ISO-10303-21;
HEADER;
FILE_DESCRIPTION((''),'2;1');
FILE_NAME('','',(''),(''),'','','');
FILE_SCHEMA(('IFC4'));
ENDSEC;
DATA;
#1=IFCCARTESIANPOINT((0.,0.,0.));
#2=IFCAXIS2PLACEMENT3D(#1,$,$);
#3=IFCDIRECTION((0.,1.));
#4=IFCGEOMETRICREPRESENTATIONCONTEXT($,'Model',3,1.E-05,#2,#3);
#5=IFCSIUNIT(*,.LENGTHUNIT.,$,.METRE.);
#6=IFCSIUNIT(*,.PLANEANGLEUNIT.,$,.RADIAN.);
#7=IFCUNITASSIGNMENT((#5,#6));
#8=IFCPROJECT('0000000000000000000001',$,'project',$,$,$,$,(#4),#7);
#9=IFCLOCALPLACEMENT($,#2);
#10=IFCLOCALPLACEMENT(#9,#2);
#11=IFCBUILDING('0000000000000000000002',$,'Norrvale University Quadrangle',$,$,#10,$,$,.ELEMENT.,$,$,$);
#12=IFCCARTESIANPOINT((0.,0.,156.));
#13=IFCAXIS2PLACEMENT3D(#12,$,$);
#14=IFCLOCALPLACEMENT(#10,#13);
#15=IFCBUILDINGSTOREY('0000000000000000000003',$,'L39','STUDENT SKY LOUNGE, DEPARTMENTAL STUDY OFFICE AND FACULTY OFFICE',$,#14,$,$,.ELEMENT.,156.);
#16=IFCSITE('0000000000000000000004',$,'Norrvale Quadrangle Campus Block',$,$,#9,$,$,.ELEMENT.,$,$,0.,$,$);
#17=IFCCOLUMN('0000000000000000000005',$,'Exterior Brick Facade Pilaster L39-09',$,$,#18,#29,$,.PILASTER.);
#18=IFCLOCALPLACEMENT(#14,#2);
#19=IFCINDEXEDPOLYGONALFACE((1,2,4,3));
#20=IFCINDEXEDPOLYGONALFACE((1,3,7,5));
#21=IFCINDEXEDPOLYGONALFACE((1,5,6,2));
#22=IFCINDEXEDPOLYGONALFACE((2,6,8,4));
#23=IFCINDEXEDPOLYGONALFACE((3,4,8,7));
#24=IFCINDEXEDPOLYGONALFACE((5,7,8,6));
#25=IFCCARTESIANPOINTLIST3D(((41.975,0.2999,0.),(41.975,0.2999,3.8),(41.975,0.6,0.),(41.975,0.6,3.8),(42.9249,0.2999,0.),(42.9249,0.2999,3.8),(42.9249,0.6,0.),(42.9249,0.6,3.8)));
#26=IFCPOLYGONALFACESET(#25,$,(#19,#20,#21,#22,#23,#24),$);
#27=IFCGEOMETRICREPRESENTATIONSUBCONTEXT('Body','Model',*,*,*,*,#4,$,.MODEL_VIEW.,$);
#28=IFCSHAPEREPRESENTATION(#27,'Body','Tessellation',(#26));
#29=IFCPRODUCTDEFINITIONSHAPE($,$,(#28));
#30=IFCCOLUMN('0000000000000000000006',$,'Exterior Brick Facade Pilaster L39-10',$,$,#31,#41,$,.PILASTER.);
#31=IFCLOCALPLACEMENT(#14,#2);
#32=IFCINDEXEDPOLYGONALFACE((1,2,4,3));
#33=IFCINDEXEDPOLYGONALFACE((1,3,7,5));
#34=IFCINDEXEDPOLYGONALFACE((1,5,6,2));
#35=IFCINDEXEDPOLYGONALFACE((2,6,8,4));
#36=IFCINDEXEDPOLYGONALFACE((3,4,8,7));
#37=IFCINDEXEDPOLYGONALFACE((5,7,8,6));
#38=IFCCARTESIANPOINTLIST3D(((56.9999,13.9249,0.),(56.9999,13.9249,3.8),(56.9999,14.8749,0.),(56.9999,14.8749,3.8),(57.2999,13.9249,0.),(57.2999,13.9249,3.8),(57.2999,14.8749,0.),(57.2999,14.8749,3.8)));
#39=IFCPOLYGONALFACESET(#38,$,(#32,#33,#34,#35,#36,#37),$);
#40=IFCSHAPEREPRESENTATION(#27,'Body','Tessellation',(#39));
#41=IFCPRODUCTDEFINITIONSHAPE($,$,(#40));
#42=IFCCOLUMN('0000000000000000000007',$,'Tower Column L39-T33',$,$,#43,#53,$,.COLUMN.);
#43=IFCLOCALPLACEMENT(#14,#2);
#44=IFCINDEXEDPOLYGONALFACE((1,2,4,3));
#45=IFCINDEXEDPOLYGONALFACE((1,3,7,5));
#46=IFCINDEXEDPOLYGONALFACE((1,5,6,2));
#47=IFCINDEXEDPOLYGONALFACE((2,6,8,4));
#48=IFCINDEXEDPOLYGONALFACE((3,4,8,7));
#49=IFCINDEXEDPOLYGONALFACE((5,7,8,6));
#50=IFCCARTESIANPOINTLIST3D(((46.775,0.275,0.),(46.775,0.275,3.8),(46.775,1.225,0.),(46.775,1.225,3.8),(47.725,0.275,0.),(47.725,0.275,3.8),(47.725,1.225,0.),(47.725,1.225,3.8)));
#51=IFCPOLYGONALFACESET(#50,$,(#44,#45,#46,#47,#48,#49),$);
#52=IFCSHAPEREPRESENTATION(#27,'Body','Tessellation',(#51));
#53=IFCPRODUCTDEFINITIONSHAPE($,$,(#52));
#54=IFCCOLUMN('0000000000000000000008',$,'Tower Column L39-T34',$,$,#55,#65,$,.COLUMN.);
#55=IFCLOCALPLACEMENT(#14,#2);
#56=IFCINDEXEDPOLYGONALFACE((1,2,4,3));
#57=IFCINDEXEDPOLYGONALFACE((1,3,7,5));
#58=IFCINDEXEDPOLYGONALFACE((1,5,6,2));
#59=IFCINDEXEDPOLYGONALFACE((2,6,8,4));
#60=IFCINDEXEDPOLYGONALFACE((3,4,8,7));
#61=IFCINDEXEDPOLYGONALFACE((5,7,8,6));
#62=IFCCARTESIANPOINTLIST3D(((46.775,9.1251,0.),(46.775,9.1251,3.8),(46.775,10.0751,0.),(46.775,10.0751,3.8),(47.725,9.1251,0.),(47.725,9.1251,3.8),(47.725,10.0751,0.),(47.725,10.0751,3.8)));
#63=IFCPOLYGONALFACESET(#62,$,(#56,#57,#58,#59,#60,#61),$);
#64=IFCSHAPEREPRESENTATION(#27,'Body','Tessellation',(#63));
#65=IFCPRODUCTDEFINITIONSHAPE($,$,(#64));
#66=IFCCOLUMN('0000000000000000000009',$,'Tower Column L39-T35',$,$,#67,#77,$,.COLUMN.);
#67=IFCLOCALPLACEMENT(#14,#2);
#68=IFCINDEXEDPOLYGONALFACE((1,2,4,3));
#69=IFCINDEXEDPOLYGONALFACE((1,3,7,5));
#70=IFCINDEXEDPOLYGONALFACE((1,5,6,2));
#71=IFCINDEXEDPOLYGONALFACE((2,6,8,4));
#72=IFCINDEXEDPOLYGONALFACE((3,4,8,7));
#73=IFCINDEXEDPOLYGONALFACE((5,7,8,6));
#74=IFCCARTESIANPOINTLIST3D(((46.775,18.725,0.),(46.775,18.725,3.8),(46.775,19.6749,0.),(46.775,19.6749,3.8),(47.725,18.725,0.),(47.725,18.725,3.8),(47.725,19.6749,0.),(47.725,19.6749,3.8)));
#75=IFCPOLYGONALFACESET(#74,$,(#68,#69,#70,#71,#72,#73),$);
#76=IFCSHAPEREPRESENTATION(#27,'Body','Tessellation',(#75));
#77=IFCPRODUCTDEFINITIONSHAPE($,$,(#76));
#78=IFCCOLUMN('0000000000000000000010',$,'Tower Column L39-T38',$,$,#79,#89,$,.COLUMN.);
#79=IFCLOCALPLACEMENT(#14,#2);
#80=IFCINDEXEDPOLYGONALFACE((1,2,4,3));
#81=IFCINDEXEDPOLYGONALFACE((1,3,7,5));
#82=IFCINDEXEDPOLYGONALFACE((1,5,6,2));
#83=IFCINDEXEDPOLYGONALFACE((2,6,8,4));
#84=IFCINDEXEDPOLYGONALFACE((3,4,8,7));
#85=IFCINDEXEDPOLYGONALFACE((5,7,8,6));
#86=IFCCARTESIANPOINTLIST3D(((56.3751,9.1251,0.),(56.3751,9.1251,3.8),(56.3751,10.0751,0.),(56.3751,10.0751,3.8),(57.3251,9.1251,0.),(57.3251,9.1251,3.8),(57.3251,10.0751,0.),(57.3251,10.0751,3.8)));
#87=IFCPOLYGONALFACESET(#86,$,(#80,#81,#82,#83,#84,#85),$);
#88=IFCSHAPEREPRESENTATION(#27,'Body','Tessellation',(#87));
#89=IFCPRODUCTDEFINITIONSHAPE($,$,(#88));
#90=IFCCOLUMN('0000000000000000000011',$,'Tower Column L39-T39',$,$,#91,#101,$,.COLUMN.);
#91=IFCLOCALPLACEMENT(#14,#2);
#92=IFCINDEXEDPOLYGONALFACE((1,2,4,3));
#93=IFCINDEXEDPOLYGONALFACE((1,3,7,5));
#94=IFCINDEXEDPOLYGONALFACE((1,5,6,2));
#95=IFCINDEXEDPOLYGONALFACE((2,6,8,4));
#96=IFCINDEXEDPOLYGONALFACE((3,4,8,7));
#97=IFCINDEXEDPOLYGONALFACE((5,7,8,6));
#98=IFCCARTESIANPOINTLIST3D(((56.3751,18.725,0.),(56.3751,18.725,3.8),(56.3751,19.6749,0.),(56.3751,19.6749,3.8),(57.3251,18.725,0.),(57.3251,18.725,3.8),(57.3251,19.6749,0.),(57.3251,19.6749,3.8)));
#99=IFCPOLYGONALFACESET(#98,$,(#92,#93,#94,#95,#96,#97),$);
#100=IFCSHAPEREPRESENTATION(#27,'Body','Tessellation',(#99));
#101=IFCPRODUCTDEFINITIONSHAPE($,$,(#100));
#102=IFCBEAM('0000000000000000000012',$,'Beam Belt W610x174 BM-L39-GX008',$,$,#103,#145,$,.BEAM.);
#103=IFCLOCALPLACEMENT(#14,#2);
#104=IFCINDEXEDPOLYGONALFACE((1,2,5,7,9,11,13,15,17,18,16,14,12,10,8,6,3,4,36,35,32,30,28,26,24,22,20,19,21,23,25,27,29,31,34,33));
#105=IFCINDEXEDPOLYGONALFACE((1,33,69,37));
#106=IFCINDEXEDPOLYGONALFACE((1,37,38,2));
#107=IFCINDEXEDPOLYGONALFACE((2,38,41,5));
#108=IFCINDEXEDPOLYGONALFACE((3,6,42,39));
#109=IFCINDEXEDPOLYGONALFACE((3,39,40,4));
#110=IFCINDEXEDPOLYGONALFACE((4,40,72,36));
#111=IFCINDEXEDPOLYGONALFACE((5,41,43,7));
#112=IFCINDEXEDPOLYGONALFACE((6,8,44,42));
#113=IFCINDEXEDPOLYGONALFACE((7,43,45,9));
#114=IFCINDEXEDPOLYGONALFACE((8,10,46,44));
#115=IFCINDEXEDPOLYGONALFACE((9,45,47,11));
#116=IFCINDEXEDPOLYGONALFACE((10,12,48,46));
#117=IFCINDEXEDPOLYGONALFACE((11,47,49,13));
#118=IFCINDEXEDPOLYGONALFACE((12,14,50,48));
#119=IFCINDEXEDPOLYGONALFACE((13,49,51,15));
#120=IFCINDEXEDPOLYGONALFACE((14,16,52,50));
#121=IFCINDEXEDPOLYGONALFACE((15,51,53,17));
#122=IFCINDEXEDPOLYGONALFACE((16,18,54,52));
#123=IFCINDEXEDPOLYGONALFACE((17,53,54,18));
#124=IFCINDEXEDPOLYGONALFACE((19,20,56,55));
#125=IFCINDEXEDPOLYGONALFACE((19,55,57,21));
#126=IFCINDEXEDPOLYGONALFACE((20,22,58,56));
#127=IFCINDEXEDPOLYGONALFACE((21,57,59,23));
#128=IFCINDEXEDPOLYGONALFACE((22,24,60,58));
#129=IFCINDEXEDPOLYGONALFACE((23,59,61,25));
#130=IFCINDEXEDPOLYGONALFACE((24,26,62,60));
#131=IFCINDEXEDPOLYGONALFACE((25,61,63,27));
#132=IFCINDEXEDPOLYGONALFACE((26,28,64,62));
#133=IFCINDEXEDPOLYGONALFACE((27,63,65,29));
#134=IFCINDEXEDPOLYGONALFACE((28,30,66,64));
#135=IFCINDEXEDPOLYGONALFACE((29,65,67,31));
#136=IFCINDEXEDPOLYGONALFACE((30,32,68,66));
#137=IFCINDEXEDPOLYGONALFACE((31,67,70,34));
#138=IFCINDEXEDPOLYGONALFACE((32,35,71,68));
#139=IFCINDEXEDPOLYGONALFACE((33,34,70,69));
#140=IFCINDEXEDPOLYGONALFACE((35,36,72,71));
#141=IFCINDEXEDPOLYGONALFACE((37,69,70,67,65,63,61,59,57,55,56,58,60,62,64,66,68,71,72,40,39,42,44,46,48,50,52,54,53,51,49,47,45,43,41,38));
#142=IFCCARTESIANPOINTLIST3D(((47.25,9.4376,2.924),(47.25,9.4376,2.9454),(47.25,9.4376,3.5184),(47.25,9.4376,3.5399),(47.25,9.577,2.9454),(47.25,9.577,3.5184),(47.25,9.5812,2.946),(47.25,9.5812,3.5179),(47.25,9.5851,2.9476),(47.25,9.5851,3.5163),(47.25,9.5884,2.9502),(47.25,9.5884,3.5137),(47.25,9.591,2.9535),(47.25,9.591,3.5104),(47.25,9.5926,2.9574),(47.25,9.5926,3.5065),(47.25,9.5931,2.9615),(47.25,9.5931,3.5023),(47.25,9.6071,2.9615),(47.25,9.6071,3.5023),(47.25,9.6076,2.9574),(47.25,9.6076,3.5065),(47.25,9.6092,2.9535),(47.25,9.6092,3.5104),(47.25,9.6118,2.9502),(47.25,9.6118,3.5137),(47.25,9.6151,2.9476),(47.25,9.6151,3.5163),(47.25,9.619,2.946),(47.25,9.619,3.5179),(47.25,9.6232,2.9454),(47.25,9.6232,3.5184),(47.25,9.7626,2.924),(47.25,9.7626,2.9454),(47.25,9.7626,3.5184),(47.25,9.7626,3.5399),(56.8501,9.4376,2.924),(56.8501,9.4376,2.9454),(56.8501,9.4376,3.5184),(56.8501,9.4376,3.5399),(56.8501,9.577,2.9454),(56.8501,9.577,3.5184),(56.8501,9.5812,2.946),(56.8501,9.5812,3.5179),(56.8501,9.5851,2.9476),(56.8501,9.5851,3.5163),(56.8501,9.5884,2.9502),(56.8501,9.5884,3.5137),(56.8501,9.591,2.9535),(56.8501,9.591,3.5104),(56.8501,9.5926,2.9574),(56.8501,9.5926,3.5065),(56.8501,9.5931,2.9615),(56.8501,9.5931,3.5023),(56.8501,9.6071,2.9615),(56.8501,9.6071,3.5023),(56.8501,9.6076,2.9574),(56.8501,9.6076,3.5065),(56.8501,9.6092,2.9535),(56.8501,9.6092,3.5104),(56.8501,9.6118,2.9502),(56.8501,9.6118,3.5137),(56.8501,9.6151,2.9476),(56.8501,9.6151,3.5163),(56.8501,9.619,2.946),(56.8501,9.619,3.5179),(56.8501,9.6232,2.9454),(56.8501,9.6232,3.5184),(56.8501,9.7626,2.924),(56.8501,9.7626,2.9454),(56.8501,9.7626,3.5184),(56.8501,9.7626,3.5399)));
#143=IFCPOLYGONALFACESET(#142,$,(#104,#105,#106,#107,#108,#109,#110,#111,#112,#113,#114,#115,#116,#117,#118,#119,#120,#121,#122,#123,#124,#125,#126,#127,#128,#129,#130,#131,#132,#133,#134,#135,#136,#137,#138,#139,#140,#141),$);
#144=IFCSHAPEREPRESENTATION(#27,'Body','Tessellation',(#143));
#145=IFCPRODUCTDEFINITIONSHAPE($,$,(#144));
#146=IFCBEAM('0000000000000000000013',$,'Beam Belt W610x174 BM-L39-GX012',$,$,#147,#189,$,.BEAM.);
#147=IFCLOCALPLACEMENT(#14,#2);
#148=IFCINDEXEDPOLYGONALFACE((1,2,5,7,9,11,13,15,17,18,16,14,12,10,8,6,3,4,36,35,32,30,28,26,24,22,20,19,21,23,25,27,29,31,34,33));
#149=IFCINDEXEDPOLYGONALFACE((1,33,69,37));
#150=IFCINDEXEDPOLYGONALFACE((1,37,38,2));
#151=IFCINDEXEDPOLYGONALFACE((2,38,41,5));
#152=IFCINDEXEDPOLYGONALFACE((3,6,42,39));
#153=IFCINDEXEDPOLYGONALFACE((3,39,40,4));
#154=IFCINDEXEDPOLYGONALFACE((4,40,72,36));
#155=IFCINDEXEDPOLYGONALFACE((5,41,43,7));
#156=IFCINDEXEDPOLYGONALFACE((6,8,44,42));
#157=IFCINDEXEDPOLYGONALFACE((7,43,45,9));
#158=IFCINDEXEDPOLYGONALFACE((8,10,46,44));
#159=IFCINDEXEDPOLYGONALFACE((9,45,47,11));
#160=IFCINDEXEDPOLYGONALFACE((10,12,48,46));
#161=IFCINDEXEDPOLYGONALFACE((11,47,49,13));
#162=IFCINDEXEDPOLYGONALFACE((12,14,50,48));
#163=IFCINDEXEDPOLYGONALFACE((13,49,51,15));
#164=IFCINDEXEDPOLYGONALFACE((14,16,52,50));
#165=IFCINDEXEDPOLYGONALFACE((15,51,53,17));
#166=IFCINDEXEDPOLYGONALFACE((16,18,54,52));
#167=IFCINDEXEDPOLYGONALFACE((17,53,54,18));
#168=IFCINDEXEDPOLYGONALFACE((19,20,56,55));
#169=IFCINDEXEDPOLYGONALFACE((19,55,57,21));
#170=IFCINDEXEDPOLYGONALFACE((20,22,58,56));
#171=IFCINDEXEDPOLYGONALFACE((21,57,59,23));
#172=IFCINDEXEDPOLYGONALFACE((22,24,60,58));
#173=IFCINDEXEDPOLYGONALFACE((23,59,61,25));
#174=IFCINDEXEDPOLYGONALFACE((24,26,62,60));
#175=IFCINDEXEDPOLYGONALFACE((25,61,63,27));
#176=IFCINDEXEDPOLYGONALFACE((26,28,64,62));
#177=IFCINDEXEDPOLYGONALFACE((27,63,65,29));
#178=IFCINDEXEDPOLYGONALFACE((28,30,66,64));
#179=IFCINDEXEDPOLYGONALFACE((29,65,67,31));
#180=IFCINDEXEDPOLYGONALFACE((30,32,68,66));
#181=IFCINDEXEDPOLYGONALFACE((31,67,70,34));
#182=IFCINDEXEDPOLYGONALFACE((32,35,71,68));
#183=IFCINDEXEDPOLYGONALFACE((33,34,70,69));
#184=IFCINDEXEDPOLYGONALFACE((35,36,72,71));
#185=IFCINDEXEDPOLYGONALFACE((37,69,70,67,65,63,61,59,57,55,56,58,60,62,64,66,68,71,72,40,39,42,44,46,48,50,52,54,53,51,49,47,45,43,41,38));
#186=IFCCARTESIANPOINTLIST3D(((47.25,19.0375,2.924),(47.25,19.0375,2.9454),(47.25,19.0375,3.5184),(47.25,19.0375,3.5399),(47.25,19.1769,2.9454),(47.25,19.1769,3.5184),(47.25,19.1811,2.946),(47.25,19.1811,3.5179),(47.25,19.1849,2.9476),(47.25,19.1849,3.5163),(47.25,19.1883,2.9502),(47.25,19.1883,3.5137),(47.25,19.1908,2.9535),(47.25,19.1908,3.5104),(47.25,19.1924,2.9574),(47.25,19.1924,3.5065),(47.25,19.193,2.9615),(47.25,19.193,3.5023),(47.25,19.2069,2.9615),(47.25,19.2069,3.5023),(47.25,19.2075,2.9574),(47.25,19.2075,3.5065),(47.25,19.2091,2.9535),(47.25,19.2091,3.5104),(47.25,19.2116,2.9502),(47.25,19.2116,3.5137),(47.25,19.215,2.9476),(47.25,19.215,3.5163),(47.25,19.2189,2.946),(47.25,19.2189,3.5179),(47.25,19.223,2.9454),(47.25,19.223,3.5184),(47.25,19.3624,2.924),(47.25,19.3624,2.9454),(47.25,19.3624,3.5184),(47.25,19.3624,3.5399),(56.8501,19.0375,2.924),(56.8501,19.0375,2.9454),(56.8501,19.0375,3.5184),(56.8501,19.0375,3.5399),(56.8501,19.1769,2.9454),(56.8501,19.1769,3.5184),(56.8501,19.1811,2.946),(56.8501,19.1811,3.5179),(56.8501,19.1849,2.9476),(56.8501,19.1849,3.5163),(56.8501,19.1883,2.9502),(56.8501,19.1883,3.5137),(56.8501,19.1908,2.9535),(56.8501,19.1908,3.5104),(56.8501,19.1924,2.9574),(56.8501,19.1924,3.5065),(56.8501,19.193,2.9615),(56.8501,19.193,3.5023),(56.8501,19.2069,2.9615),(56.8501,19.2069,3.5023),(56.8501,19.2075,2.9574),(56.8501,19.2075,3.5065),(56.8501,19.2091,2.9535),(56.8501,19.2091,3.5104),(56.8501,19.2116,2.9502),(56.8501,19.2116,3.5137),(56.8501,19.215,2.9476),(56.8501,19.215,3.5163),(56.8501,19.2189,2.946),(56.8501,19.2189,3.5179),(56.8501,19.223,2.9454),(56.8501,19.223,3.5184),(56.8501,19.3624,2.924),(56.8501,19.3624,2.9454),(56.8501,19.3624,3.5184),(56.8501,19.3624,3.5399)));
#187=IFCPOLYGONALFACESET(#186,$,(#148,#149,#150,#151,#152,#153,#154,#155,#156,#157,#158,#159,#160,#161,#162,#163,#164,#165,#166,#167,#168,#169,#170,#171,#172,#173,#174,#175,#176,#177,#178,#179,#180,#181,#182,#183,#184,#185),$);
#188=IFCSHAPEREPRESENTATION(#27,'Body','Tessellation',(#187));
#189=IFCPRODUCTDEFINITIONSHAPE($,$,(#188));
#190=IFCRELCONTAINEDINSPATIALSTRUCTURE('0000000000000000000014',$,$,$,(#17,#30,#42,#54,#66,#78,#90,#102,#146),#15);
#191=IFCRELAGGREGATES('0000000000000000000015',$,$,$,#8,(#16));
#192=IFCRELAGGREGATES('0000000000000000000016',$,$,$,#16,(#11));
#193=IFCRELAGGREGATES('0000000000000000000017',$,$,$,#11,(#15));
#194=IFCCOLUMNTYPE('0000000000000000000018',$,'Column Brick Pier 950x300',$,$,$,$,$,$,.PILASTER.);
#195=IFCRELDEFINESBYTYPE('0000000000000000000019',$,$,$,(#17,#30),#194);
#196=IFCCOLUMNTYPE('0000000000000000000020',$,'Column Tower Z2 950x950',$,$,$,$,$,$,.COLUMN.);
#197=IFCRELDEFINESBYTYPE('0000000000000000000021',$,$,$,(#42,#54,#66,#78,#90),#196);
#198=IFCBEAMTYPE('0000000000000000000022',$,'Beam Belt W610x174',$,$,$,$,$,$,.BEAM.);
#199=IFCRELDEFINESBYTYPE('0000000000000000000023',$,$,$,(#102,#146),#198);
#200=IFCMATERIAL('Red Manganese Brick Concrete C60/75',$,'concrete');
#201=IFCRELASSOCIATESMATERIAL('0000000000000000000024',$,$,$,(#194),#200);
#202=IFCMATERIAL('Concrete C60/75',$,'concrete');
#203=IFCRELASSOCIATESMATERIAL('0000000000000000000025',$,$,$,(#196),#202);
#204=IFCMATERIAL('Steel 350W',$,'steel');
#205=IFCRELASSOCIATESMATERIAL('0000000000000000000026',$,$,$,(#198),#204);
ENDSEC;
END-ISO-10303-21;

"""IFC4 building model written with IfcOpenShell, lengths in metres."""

from ifc_helpers import new_model, si_unit, direction, frame, origin, origin_2d, place, context, subcontext, project, spatial, rectangle, i_section, extrude, material, material_profile, profile_set, type_object, element, save


model = new_model("IFC4")

# Units and contexts
model_context = context("Model", 3, precision=1e-05, world=origin(), true_north=direction((0.0, 1.0)))
body_context = subcontext(model_context, "Body", "Model", "MODEL_VIEW")
ifc_project = project(units=[si_unit("LENGTHUNIT", "METRE"), si_unit("PLANEANGLEUNIT", "RADIAN")], contexts=[model_context])

# Site, building, storey
site_placement = place(None, origin())
site = spatial("IfcSite", under=ifc_project, at=site_placement, Name="Norrvale Quadrangle Campus Block", CompositionType="ELEMENT", RefElevation=0.0)
building_placement = place(site_placement, origin())
building = spatial("IfcBuilding", under=site, at=building_placement, Name="Norrvale University Quadrangle", CompositionType="ELEMENT")
storey_placement = place(building_placement, frame((0.0, 0.0, 156.0)))
storey = spatial("IfcBuildingStorey", under=building, at=storey_placement, Name="L39", Description="STUDENT SKY LOUNGE, DEPARTMENTAL STUDY OFFICE AND FACULTY OFFICE", CompositionType="ELEMENT", Elevation=156.0)

# Columns
ifc_material_1 = material(Name="Red Manganese Brick Concrete C60/75", Category="concrete")
ifc_material_profile_1 = material_profile(ifc_material_1, rectangle(XDim=0.95, YDim=0.3, at=origin_2d()), Name="Red Manganese Brick Concrete C60/75")
ifc_profile_set_1 = profile_set([ifc_material_profile_1], Name="Red Manganese Brick Concrete C60/75")
column_type_1 = type_object("IfcColumnType", Name="Column Brick Pier 950x300", PredefinedType="PILASTER", material=ifc_profile_set_1)
for number, where, z_axis, x_axis, name in (
    (1, (42.45, 0.45, 0.0), (0.0, 0.0, 1.0), (1.0, 0.0, 0.0), "Exterior Brick Facade Pilaster L39-09"),
    (2, (57.1499, 14.3999, 0.0), (0.0, 0.0, 1.0), (0.0, 1.0, 0.0), "Exterior Brick Facade Pilaster L39-10"),
):
    element("IfcColumn", number, at=place(storey_placement, frame(where, z_axis=z_axis, x_axis=x_axis)), inside=storey, type_object=column_type_1, Name=name, PredefinedType="PILASTER", context=body_context, shape_type="SweptSolid", body=[
        extrude(rectangle(XDim=0.95, YDim=0.3, at=origin_2d()), origin(), (0.0, 0.0, 1.0), 3.8),
    ])
ifc_material_2 = material(Name="Concrete C60/75", Category="concrete")
ifc_material_profile_2 = material_profile(ifc_material_2, rectangle(XDim=0.95, YDim=0.95, at=origin_2d()), Name="Concrete C60/75")
ifc_profile_set_2 = profile_set([ifc_material_profile_2], Name="Concrete C60/75")
column_type_2 = type_object("IfcColumnType", Name="Column Tower Z2 950x950", PredefinedType="COLUMN", material=ifc_profile_set_2)
for number, where, z_axis, x_axis, name in (
    (3, (47.25, 0.75, 0.0), (0.0, 0.0, 1.0), (1.0, 0.0, 0.0), "Tower Column L39-T33"),
    (4, (47.25, 9.6001, 0.0), (0.0, 0.0, 1.0), (1.0, 0.0, 0.0), "Tower Column L39-T34"),
    (5, (47.25, 19.2, 0.0), (0.0, 0.0, 1.0), (1.0, 0.0, 0.0), "Tower Column L39-T35"),
    (6, (56.8501, 9.6001, 0.0), (0.0, 0.0, 1.0), (1.0, 0.0, 0.0), "Tower Column L39-T38"),
    (7, (56.8501, 19.2, 0.0), (0.0, 0.0, 1.0), (1.0, 0.0, 0.0), "Tower Column L39-T39"),
):
    element("IfcColumn", number, at=place(storey_placement, frame(where, z_axis=z_axis, x_axis=x_axis)), inside=storey, type_object=column_type_2, Name=name, PredefinedType="COLUMN", context=body_context, shape_type="SweptSolid", body=[
        extrude(rectangle(XDim=0.95, YDim=0.95, at=origin_2d()), origin(), (0.0, 0.0, 1.0), 3.8),
    ])

# Beams
ifc_material_3 = material(Name="Steel 350W", Category="steel")
ifc_material_profile_3 = material_profile(ifc_material_3, i_section(OverallWidth=0.325, OverallDepth=0.616, WebThickness=0.0139, FlangeThickness=0.0215, FilletRadius=0.0161, at=origin_2d()), Name="Steel 350W")
ifc_profile_set_3 = profile_set([ifc_material_profile_3], Name="Steel 350W")
beam_type_1 = type_object("IfcBeamType", Name="Beam Belt W610x174", PredefinedType="BEAM", material=ifc_profile_set_3)
for number, where, z_axis, x_axis, name in (
    (8, (47.25, 9.6001, 3.2319), (1.0, 0.0, 0.0), (0.0, 1.0, 0.0), "Beam Belt W610x174 BM-L39-GX008"),
    (9, (47.25, 19.2, 3.2319), (1.0, 0.0, 0.0), (0.0, 1.0, 0.0), "Beam Belt W610x174 BM-L39-GX012"),
):
    element("IfcBeam", number, at=place(storey_placement, frame(where, z_axis=z_axis, x_axis=x_axis)), inside=storey, type_object=beam_type_1, Name=name, PredefinedType="BEAM", context=body_context, shape_type="SweptSolid", body=[
        extrude(i_section(OverallWidth=0.325, OverallDepth=0.616, WebThickness=0.0139, FlangeThickness=0.0215, FilletRadius=0.0161, at=origin_2d()), origin(), (0.0, 0.0, 1.0), 9.6001),
    ])

save(model, "model.ifc")
